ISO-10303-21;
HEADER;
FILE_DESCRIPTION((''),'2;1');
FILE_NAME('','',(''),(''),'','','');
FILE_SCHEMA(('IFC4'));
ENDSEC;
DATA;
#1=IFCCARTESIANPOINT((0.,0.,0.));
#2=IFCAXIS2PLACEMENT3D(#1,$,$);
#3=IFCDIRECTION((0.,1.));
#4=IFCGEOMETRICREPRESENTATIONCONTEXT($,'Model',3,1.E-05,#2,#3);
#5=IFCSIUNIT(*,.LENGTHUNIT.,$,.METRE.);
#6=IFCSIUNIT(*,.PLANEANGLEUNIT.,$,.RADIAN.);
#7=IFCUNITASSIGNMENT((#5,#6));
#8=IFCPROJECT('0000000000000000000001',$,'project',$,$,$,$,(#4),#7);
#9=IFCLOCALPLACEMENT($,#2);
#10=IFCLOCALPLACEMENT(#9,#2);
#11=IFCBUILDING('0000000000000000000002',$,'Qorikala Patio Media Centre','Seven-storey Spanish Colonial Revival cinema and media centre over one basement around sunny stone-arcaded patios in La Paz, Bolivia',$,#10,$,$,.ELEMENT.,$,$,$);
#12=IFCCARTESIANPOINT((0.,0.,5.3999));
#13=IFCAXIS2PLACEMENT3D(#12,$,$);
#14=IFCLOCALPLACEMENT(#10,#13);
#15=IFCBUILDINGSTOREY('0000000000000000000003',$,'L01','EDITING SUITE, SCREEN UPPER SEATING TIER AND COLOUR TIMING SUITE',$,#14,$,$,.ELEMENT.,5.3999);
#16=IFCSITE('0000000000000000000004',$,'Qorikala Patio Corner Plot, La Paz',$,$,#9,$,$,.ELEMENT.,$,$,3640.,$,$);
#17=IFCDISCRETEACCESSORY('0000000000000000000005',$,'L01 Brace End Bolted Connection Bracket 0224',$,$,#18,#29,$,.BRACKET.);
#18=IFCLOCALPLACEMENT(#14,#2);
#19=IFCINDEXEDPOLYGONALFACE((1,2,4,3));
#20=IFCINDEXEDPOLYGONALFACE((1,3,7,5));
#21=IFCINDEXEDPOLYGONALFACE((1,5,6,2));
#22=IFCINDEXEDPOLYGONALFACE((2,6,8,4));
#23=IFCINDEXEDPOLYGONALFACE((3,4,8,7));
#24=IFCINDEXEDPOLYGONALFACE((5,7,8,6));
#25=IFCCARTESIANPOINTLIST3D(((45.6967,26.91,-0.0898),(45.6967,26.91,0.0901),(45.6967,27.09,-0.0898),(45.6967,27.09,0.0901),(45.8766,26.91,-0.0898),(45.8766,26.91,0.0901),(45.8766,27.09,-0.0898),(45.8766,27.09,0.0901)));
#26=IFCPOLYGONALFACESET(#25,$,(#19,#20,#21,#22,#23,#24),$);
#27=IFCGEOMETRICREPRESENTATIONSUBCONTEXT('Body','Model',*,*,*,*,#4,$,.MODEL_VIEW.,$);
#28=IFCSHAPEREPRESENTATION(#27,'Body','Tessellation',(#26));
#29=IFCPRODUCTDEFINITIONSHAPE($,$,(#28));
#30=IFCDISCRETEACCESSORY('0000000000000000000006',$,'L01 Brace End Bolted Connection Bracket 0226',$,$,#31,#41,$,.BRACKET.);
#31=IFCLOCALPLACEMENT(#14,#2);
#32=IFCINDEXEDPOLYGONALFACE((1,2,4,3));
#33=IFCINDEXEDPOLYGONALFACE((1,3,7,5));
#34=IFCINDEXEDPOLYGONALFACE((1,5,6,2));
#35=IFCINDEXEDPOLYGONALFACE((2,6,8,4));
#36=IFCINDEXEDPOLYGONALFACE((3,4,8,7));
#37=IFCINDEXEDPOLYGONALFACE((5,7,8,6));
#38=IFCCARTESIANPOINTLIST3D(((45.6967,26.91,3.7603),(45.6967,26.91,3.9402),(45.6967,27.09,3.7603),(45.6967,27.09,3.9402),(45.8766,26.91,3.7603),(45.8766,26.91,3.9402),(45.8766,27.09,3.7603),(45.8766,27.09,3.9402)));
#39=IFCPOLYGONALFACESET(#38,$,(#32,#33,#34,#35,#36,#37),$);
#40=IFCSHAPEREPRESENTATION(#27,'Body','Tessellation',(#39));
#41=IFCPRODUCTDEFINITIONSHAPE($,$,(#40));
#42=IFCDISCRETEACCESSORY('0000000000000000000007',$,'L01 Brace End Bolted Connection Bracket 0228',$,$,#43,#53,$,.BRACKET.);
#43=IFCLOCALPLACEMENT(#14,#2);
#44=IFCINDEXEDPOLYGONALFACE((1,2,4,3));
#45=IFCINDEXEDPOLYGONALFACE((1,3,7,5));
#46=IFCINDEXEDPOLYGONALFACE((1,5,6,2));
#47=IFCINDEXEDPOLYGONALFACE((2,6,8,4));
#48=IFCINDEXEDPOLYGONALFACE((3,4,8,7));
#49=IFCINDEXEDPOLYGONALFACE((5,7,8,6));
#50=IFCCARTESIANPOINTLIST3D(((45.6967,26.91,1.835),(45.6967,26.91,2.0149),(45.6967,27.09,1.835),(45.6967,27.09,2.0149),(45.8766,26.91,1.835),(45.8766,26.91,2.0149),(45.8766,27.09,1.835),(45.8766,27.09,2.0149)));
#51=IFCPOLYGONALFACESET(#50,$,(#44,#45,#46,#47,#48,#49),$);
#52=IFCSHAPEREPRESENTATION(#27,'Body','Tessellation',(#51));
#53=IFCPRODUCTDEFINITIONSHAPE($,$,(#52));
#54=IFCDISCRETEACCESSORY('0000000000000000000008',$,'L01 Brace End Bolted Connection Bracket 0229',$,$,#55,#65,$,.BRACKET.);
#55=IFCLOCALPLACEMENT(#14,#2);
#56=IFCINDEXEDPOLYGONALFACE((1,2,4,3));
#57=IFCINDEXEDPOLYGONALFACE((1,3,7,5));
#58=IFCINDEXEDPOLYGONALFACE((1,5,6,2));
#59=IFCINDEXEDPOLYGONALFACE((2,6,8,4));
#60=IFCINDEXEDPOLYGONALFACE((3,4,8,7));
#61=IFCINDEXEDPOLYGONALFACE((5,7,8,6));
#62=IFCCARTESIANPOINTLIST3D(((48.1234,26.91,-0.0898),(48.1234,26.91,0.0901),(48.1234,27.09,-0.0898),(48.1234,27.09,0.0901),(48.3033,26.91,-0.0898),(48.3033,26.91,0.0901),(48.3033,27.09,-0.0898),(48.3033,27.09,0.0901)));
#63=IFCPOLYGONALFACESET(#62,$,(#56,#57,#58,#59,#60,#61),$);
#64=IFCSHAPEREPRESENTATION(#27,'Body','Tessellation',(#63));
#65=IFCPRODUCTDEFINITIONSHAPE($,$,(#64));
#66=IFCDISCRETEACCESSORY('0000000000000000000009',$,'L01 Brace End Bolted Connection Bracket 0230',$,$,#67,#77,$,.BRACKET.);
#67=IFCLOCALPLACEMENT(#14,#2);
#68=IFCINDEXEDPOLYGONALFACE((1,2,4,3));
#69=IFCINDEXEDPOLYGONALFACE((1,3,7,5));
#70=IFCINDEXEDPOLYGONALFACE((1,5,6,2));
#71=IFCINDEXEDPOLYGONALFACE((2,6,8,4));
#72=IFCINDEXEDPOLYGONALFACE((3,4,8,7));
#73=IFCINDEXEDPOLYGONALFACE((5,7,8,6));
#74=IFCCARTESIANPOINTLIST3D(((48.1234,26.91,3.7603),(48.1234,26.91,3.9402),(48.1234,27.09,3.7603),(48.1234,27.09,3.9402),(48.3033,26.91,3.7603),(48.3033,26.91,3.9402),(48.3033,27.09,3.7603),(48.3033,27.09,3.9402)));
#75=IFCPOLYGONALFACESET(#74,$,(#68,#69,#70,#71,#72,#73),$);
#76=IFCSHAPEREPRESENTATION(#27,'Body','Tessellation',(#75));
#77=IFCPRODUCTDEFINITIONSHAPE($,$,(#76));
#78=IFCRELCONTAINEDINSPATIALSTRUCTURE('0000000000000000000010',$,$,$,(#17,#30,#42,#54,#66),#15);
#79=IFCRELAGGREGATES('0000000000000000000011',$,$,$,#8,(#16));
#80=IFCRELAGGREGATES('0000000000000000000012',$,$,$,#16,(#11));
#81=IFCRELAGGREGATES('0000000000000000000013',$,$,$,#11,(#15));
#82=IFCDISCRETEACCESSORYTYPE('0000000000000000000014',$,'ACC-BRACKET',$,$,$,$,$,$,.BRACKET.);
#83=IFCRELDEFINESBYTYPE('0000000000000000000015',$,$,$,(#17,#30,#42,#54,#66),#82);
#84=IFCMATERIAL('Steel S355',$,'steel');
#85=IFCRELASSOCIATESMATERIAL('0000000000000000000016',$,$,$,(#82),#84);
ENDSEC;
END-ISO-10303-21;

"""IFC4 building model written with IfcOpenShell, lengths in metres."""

from ifc_helpers import new_model, si_unit, direction, frame, origin, origin_2d, place, context, subcontext, project, spatial, rectangle, extrude, material, type_object, element, save


model = new_model("IFC4")

# Units and contexts
model_context = context("Model", 3, precision=1e-05, world=origin(), true_north=direction((0.0, 1.0)))
body_context = subcontext(model_context, "Body", "Model", "MODEL_VIEW")
ifc_project = project(units=[si_unit("LENGTHUNIT", "METRE"), si_unit("PLANEANGLEUNIT", "RADIAN")], contexts=[model_context])

# Site, building, storey
site_placement = place(None, origin())
site = spatial("IfcSite", under=ifc_project, at=site_placement, Name="Qorikala Patio Corner Plot, La Paz", CompositionType="ELEMENT", RefElevation=3640.0)
building_placement = place(site_placement, origin())
building = spatial("IfcBuilding", under=site, at=building_placement, Name="Qorikala Patio Media Centre", Description="Seven-storey Spanish Colonial Revival cinema and media centre over one basement around sunny stone-arcaded patios in La Paz, Bolivia", CompositionType="ELEMENT")
storey_placement = place(building_placement, frame((0.0, 0.0, 5.3999)))
storey = spatial("IfcBuildingStorey", under=building, at=storey_placement, Name="L01", Description="EDITING SUITE, SCREEN UPPER SEATING TIER AND COLOUR TIMING SUITE", CompositionType="ELEMENT", Elevation=5.3999)

# Discrete accessories
ifc_material_1 = material(Name="Steel S355", Category="steel")
discrete_accessory_type = type_object("IfcDiscreteAccessoryType", Name="ACC-BRACKET", PredefinedType="BRACKET", material=ifc_material_1)
for number, where, z_axis, x_axis, name in (
    (1, (45.7866, 27.0, -0.0898), (0.0, 0.0, 1.0), (1.0, 0.0, 0.0), "L01 Brace End Bolted Connection Bracket 0224"),
    (2, (45.7866, 27.0, 3.7603), (0.0, 0.0, 1.0), (1.0, 0.0, 0.0), "L01 Brace End Bolted Connection Bracket 0226"),
    (3, (45.7866, 27.0, 1.835), (0.0, 0.0, 1.0), (1.0, 0.0, 0.0), "L01 Brace End Bolted Connection Bracket 0228"),
    (4, (48.2134, 27.0, -0.0898), (0.0, 0.0, 1.0), (1.0, 0.0, 0.0), "L01 Brace End Bolted Connection Bracket 0229"),
    (5, (48.2134, 27.0, 3.7603), (0.0, 0.0, 1.0), (1.0, 0.0, 0.0), "L01 Brace End Bolted Connection Bracket 0230"),
):
    element("IfcDiscreteAccessory", number, at=place(storey_placement, frame(where, z_axis=z_axis, x_axis=x_axis)), inside=storey, type_object=discrete_accessory_type, Name=name, PredefinedType="BRACKET", context=body_context, shape_type="SweptSolid", body=[
        extrude(rectangle(XDim=0.1799, YDim=0.1799, at=origin_2d()), origin(), (0.0, 0.0, 1.0), 0.1799),
    ])

save(model, "model.ifc")
